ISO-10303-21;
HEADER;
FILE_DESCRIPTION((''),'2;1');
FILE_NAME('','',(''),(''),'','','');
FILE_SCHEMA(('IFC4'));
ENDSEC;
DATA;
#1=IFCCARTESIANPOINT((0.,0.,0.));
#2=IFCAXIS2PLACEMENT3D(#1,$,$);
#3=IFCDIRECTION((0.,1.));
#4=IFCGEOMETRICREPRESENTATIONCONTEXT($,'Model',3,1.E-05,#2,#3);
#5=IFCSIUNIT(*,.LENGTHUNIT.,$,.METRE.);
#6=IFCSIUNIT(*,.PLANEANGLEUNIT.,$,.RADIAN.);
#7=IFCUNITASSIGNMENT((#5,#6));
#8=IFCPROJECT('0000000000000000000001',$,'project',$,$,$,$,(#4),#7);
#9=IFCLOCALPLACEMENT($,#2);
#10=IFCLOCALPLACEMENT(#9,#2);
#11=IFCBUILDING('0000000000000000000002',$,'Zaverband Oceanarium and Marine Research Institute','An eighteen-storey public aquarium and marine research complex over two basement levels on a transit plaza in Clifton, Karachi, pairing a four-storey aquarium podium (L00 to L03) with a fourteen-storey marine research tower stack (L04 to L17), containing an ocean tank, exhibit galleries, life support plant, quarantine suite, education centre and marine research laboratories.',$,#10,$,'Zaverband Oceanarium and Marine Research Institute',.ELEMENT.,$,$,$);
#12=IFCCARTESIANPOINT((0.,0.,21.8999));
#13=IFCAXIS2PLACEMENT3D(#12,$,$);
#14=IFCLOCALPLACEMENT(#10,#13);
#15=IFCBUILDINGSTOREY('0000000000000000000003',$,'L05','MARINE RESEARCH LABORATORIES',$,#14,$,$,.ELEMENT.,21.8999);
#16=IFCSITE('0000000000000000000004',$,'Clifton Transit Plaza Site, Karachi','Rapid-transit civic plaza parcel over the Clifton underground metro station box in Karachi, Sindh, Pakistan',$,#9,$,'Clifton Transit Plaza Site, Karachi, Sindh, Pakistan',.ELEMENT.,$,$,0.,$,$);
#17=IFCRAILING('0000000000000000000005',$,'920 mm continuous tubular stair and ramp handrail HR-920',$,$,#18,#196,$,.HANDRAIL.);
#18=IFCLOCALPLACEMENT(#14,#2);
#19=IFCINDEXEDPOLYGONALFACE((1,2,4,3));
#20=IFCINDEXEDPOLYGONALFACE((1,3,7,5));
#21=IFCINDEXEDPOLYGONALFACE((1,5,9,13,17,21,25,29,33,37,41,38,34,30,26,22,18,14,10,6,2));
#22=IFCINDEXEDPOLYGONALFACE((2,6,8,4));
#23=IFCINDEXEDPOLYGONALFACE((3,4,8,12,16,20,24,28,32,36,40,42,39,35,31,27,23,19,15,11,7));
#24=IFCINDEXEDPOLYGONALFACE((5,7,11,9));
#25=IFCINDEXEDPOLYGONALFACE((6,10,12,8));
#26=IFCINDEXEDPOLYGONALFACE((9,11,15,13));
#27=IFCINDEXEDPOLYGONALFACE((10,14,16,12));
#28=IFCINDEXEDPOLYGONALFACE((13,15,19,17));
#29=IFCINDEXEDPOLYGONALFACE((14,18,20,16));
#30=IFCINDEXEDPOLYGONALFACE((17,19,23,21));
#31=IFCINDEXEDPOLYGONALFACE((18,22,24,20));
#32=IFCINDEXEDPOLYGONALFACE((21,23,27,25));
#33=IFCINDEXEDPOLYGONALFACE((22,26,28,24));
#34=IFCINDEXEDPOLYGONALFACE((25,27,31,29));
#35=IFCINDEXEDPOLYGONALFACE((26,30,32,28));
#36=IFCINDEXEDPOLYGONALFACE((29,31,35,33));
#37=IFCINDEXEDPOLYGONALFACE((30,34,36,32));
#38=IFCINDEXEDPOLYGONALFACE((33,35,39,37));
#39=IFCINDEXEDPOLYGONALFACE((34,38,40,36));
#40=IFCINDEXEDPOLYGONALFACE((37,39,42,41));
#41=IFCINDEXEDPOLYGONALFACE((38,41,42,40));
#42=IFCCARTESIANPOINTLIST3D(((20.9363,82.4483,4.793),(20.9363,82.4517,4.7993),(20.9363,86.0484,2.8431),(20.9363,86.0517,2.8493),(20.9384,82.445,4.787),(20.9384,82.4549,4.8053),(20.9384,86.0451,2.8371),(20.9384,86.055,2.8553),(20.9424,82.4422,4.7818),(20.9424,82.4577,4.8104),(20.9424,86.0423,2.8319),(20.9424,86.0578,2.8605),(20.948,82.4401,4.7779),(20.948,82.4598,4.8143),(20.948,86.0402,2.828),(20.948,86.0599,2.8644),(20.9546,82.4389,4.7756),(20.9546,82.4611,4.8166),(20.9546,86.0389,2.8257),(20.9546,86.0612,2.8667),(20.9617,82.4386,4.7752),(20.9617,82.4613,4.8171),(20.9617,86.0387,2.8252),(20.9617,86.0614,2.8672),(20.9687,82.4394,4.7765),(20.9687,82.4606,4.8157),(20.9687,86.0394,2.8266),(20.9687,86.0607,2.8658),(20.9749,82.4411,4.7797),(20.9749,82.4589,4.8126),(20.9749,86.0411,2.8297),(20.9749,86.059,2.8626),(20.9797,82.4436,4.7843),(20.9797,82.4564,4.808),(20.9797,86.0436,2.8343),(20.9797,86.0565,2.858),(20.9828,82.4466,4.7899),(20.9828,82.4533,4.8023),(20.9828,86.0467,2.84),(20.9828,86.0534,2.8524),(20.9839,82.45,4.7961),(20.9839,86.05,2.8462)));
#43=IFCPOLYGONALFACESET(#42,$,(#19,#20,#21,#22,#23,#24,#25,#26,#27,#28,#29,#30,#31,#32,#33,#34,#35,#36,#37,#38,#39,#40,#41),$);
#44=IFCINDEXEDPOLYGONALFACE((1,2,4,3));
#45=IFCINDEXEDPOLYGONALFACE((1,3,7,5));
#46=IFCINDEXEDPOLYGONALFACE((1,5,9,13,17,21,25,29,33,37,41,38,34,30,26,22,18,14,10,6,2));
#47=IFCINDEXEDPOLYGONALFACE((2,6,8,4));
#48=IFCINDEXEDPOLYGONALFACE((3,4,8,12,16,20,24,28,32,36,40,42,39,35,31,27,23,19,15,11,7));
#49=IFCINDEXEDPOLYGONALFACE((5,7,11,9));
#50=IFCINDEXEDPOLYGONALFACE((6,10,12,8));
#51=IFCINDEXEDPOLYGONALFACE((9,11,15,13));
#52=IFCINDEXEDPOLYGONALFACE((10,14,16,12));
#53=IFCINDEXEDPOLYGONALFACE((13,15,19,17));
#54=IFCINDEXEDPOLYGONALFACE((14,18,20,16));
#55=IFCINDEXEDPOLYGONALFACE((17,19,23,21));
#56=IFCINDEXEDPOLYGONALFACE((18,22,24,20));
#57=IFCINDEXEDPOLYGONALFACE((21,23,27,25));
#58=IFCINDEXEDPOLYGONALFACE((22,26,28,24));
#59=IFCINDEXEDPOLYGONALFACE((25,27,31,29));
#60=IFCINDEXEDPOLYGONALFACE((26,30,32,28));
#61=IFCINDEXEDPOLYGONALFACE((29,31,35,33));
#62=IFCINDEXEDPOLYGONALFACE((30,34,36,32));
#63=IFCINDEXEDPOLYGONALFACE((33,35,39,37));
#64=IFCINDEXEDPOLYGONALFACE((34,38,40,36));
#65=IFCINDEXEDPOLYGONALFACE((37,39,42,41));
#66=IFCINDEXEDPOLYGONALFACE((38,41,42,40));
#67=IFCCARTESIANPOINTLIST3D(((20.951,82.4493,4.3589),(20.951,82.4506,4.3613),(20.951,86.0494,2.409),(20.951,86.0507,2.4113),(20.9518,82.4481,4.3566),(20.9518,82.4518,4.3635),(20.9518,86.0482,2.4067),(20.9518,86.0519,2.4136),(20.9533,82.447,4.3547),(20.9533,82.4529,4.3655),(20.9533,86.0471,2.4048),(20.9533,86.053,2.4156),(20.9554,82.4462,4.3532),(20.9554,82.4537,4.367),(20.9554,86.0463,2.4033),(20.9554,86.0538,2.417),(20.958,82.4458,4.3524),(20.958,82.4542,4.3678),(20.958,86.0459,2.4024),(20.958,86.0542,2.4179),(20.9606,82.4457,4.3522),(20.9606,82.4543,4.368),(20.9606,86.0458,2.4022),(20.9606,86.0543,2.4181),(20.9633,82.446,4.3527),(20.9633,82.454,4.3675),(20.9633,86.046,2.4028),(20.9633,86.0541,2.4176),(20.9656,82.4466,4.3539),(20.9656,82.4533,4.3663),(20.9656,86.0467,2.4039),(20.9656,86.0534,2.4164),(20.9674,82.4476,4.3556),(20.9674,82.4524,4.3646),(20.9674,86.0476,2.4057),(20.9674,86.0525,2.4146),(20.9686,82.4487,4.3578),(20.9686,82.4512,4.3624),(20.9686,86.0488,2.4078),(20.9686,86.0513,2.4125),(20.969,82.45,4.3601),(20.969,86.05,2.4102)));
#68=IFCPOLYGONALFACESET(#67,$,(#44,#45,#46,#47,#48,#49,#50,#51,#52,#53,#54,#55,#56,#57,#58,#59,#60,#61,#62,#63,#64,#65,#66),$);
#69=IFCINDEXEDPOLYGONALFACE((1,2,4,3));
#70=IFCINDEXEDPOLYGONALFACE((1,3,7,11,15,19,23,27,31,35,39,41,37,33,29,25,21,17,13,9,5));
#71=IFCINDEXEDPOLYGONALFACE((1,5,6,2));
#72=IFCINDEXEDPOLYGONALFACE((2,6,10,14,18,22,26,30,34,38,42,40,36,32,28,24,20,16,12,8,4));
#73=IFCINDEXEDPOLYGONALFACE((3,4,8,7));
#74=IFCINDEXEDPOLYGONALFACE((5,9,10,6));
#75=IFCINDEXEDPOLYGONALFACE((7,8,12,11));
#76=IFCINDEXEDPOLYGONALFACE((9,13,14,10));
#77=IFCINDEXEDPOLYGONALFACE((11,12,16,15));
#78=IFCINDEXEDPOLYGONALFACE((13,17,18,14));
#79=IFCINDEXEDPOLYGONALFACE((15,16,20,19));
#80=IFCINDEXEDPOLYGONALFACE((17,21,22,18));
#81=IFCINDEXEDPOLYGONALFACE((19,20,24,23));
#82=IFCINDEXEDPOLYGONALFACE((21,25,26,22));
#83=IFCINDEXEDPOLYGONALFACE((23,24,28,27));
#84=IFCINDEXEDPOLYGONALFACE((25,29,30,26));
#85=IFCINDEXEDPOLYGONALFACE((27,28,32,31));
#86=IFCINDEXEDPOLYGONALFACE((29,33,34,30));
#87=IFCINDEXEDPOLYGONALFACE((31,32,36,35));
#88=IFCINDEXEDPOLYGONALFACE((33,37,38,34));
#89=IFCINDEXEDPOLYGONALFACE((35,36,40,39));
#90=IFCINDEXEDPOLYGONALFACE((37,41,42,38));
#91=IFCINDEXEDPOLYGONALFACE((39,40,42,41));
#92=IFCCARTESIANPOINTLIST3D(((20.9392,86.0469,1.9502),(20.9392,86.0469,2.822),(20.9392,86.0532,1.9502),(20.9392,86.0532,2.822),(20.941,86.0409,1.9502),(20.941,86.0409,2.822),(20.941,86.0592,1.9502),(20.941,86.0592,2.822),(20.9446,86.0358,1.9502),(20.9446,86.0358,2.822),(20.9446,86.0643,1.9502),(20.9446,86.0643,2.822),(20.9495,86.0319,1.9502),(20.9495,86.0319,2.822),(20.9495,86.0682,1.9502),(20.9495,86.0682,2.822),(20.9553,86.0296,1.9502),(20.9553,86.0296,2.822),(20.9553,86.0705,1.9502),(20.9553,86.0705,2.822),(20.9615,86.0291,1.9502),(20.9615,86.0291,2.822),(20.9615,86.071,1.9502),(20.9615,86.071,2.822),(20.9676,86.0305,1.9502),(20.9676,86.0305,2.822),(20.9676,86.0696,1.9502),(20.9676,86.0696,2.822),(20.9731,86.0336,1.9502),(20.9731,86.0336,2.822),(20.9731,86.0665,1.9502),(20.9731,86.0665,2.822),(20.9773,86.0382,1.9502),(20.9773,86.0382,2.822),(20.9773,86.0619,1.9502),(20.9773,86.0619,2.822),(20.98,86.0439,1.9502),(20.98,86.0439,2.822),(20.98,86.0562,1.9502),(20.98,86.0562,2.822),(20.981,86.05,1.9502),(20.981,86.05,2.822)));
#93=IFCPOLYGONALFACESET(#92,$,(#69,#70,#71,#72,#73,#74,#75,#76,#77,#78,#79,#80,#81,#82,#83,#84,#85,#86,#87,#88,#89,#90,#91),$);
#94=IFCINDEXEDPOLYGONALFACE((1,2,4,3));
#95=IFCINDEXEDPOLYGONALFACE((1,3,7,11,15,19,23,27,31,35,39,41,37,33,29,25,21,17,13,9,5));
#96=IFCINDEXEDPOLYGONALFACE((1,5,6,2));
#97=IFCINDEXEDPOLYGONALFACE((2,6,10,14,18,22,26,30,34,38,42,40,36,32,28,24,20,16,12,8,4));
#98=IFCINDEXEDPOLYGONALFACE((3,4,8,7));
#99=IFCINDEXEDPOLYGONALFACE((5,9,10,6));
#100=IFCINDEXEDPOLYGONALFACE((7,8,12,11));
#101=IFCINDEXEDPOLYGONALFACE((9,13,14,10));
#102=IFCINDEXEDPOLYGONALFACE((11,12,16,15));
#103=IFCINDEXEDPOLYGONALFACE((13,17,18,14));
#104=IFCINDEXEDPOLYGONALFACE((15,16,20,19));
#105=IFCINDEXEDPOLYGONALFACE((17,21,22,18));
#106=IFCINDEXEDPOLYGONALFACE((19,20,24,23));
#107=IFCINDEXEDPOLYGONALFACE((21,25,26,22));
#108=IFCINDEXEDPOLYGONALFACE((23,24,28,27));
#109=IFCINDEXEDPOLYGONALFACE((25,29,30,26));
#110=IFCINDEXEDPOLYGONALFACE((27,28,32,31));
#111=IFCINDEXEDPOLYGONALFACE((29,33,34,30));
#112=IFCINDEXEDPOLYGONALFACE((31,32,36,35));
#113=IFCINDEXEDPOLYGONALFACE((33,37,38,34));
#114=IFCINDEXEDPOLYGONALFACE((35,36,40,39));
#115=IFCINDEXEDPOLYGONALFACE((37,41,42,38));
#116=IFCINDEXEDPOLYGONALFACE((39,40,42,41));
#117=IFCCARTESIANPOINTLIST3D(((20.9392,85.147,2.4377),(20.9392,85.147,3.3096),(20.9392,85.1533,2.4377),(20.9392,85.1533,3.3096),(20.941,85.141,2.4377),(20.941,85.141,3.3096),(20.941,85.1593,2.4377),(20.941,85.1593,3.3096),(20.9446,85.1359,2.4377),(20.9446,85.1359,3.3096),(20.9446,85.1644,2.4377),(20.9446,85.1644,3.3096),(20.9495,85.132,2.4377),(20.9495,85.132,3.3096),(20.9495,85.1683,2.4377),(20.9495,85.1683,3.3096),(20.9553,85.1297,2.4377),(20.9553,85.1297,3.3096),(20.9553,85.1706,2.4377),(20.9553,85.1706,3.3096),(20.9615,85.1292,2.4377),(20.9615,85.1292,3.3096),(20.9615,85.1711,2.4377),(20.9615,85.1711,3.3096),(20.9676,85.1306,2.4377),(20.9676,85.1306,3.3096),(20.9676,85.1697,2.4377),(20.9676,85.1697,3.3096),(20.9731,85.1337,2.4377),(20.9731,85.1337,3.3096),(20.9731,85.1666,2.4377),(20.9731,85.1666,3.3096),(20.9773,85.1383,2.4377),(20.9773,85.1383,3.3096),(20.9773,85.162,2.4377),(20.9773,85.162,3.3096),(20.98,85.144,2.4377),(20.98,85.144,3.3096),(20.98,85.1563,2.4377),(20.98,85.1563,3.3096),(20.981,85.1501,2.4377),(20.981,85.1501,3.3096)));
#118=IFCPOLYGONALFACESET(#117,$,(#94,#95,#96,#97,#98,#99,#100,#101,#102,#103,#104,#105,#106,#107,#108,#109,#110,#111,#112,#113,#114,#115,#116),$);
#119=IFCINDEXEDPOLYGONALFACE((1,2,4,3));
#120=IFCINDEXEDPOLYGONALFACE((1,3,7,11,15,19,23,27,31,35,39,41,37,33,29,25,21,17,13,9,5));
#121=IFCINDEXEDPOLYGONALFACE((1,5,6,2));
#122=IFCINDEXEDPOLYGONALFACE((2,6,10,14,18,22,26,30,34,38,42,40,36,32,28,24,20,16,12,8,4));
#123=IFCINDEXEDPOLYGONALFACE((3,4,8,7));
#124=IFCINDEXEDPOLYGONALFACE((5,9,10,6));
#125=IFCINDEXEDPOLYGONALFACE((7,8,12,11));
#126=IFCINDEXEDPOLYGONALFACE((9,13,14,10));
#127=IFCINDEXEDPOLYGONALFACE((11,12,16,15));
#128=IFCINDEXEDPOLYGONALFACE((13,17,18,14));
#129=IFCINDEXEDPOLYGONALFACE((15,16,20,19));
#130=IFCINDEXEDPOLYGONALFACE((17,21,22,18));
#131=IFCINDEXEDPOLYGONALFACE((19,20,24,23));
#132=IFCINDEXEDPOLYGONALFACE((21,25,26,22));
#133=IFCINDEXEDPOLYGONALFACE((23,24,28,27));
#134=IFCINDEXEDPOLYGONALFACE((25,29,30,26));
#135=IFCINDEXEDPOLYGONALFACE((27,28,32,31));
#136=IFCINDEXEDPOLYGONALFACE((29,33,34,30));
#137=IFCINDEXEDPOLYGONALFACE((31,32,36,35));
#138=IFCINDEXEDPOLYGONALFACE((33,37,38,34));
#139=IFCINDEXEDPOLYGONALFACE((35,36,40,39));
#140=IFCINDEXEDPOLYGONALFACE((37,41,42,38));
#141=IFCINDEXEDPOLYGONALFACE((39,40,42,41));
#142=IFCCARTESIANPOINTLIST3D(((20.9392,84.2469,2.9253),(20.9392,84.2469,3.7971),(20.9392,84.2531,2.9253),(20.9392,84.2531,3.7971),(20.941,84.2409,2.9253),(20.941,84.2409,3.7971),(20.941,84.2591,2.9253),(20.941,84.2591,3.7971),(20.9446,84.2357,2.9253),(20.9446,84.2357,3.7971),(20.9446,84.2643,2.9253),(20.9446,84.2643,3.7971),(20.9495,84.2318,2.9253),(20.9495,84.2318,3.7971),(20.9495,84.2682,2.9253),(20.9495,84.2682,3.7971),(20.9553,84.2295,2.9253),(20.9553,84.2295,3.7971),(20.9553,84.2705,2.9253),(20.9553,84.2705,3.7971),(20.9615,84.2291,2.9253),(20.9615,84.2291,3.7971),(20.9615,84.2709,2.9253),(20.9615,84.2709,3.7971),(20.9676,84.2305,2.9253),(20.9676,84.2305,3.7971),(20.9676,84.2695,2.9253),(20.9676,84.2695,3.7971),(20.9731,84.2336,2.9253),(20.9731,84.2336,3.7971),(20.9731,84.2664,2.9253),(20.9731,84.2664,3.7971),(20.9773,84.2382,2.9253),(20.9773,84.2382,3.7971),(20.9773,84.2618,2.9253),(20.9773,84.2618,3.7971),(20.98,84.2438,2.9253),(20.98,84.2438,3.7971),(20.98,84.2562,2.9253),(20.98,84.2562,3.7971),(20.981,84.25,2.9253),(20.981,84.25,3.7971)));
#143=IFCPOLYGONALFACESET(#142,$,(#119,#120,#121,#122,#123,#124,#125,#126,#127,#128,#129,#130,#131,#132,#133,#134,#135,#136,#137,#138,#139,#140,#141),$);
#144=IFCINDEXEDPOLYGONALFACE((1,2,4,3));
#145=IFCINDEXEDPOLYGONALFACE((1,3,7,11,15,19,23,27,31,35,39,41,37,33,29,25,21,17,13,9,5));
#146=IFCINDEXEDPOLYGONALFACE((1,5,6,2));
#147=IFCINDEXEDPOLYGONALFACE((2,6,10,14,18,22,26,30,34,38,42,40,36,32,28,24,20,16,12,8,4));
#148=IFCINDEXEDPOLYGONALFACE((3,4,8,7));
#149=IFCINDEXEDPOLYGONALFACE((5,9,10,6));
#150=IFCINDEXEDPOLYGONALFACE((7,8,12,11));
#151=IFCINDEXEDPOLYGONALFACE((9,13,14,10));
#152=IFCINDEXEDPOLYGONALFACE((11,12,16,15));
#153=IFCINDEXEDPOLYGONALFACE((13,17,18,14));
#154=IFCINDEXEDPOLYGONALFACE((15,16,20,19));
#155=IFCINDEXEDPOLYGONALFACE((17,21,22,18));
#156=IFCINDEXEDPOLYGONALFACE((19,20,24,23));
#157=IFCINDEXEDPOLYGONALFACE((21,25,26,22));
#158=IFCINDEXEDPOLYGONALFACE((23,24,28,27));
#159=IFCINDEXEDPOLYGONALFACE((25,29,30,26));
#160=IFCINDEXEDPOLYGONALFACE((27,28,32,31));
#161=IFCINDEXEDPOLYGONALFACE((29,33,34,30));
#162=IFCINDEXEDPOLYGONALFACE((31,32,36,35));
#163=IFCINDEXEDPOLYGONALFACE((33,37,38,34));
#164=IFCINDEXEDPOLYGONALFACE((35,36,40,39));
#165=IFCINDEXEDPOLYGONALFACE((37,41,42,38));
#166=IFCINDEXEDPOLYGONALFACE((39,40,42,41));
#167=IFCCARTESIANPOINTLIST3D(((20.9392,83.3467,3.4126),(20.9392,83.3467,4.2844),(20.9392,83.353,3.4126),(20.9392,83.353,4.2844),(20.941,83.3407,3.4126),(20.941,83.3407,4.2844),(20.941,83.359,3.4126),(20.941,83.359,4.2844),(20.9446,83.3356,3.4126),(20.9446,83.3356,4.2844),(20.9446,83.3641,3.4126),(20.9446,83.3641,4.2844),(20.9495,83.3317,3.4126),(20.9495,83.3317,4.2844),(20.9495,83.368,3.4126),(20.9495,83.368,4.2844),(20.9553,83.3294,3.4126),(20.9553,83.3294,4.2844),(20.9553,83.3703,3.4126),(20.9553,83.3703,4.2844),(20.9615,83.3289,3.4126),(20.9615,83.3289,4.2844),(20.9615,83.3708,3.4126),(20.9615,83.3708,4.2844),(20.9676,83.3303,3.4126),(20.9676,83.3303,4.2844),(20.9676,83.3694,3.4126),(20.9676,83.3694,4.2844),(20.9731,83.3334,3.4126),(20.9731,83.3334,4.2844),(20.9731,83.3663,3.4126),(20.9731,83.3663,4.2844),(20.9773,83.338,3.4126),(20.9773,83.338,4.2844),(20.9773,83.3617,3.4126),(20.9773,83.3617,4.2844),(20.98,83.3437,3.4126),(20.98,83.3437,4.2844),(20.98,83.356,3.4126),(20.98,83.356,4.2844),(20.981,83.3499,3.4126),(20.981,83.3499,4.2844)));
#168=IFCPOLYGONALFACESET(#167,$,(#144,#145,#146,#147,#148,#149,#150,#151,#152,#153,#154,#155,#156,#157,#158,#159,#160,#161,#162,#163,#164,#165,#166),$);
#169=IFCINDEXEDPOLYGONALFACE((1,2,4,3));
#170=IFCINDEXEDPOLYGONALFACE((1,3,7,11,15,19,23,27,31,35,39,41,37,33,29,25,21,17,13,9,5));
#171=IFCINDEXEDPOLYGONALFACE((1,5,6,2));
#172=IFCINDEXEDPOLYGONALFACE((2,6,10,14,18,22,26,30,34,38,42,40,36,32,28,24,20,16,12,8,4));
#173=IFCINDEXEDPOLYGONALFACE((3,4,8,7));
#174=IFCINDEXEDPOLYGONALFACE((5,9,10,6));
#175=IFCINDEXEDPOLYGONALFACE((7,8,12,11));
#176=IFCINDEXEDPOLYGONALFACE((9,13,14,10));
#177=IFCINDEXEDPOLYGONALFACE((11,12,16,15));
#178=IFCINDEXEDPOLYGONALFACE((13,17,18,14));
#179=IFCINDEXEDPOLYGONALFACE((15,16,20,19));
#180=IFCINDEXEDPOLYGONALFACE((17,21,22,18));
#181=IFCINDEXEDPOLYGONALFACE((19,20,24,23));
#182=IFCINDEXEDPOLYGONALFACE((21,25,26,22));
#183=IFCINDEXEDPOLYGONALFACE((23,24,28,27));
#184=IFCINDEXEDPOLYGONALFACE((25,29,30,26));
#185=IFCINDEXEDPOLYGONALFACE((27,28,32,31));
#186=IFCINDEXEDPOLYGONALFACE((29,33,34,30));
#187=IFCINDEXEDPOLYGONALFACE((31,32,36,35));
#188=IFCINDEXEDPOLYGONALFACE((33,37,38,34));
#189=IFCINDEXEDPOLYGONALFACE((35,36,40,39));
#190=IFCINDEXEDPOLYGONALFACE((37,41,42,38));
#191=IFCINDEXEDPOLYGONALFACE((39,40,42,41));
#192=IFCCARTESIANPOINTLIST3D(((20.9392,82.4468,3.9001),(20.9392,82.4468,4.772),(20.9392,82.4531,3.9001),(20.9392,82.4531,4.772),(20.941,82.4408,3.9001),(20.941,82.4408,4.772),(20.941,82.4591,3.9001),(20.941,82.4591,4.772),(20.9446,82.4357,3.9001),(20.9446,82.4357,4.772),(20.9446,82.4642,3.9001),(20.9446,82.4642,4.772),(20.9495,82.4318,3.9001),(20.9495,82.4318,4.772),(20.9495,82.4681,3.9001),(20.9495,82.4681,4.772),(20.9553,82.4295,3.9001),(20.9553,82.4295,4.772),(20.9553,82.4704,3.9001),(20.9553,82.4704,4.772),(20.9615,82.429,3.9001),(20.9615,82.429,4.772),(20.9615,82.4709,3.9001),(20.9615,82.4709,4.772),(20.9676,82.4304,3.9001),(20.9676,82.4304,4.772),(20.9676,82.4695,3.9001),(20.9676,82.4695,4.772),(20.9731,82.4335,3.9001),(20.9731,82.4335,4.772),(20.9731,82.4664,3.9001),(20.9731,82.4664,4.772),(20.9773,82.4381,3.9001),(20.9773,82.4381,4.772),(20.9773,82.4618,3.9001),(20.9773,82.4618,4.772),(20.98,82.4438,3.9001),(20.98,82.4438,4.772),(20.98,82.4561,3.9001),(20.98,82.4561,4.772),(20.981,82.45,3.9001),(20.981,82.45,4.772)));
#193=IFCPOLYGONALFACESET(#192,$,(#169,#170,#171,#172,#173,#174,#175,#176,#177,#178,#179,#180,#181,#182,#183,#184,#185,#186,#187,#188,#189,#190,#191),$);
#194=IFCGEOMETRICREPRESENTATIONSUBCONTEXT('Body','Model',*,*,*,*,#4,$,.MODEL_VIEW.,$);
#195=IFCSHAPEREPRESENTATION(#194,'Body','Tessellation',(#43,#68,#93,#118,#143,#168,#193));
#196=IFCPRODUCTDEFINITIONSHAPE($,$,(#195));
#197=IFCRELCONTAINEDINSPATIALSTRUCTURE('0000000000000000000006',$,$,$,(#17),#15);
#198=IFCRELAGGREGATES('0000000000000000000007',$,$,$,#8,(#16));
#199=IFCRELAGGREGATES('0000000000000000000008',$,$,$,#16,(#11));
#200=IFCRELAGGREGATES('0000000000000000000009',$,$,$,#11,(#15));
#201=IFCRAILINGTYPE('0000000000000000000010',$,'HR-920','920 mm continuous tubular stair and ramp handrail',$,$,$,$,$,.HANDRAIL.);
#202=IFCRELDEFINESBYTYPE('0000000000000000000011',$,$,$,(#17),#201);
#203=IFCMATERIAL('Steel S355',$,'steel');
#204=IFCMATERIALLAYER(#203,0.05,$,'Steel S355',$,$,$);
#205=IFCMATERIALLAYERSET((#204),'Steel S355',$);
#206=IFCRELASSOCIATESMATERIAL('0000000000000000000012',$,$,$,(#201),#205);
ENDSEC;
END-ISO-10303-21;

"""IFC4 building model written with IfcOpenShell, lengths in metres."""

from ifc_helpers import new_model, si_unit, direction, frame, origin, origin_2d, place, context, subcontext, project, spatial, circle, extrude, material, layer, layer_set, type_object, element, save


model = new_model("IFC4")

# Units and contexts
model_context = context("Model", 3, precision=1e-05, world=origin(), true_north=direction((0.0, 1.0)))
body_context = subcontext(model_context, "Body", "Model", "MODEL_VIEW")
ifc_project = project(units=[si_unit("LENGTHUNIT", "METRE"), si_unit("PLANEANGLEUNIT", "RADIAN")], contexts=[model_context])

# Site, building, storey
site_placement = place(None, origin())
site = spatial("IfcSite", under=ifc_project, at=site_placement, Name="Clifton Transit Plaza Site, Karachi", Description="Rapid-transit civic plaza parcel over the Clifton underground metro station box in Karachi, Sindh, Pakistan", LongName="Clifton Transit Plaza Site, Karachi, Sindh, Pakistan", CompositionType="ELEMENT", RefElevation=0.0)
building_placement = place(site_placement, origin())
building = spatial("IfcBuilding", under=site, at=building_placement, Name="Zaverband Oceanarium and Marine Research Institute", Description="An eighteen-storey public aquarium and marine research complex over two basement levels on a transit plaza in Clifton, Karachi, pairing a four-storey aquarium podium (L00 to L03) with a fourteen-storey marine research tower stack (L04 to L17), containing an ocean tank, exhibit galleries, life support plant, quarantine suite, education centre and marine research laboratories.", LongName="Zaverband Oceanarium and Marine Research Institute", CompositionType="ELEMENT")
storey_placement = place(building_placement, frame((0.0, 0.0, 21.8999)))
storey = spatial("IfcBuildingStorey", under=building, at=storey_placement, Name="L05", Description="MARINE RESEARCH LABORATORIES", CompositionType="ELEMENT", Elevation=21.8999)

# Shared definitions
ifc_material_1 = material(Name="Steel S355", Category="steel")

# Railing
ifc_layer_1 = layer(ifc_material_1, 0.05, Name="Steel S355")
ifc_layer_set_1 = layer_set([ifc_layer_1], Name="Steel S355")
railing_type_1 = type_object("IfcRailingType", Name="HR-920", Description="920 mm continuous tubular stair and ramp handrail", PredefinedType="HANDRAIL", material=ifc_layer_set_1)
railing_1_placement = place(storey_placement, frame((20.96, 86.05, 1.9502)))
element("IfcRailing", 1, at=railing_1_placement, inside=storey, type_object=railing_type_1, Name="920 mm continuous tubular stair and ramp handrail HR-920", PredefinedType="HANDRAIL", context=body_context, shape_type="SweptSolid", body=[
    extrude(circle(Radius=0.0239, at=origin_2d()), frame((0.0, 0.0, 0.896), z_axis=(0.0, -0.879302, 0.476264), x_axis=(1.0, 0.0, 0.0)), (0.0, 0.0, 1.0), 4.0942),
    extrude(circle(Radius=0.009, at=origin_2d()), frame((0.0, 0.0, 0.46), z_axis=(0.0, -0.879302, 0.476264), x_axis=(1.0, 0.0, 0.0)), (0.0, 0.0, 1.0), 4.0942),
    extrude(circle(Radius=0.021, at=origin_2d()), origin(), (0.0, 0.0, 1.0), 0.8718),
    extrude(circle(Radius=0.021, at=origin_2d()), frame((0.0, -0.8999, 0.4875)), (0.0, 0.0, 1.0), 0.8718),
    extrude(circle(Radius=0.021, at=origin_2d()), frame((0.0, -1.8, 0.9751)), (0.0, 0.0, 1.0), 0.8718),
    extrude(circle(Radius=0.021, at=origin_2d()), frame((0.0, -2.7002, 1.4624)), (0.0, 0.0, 1.0), 0.8718),
    extrude(circle(Radius=0.021, at=origin_2d()), frame((0.0, -3.6001, 1.95)), (0.0, 0.0, 1.0), 0.8718),
])

save(model, "model.ifc")
